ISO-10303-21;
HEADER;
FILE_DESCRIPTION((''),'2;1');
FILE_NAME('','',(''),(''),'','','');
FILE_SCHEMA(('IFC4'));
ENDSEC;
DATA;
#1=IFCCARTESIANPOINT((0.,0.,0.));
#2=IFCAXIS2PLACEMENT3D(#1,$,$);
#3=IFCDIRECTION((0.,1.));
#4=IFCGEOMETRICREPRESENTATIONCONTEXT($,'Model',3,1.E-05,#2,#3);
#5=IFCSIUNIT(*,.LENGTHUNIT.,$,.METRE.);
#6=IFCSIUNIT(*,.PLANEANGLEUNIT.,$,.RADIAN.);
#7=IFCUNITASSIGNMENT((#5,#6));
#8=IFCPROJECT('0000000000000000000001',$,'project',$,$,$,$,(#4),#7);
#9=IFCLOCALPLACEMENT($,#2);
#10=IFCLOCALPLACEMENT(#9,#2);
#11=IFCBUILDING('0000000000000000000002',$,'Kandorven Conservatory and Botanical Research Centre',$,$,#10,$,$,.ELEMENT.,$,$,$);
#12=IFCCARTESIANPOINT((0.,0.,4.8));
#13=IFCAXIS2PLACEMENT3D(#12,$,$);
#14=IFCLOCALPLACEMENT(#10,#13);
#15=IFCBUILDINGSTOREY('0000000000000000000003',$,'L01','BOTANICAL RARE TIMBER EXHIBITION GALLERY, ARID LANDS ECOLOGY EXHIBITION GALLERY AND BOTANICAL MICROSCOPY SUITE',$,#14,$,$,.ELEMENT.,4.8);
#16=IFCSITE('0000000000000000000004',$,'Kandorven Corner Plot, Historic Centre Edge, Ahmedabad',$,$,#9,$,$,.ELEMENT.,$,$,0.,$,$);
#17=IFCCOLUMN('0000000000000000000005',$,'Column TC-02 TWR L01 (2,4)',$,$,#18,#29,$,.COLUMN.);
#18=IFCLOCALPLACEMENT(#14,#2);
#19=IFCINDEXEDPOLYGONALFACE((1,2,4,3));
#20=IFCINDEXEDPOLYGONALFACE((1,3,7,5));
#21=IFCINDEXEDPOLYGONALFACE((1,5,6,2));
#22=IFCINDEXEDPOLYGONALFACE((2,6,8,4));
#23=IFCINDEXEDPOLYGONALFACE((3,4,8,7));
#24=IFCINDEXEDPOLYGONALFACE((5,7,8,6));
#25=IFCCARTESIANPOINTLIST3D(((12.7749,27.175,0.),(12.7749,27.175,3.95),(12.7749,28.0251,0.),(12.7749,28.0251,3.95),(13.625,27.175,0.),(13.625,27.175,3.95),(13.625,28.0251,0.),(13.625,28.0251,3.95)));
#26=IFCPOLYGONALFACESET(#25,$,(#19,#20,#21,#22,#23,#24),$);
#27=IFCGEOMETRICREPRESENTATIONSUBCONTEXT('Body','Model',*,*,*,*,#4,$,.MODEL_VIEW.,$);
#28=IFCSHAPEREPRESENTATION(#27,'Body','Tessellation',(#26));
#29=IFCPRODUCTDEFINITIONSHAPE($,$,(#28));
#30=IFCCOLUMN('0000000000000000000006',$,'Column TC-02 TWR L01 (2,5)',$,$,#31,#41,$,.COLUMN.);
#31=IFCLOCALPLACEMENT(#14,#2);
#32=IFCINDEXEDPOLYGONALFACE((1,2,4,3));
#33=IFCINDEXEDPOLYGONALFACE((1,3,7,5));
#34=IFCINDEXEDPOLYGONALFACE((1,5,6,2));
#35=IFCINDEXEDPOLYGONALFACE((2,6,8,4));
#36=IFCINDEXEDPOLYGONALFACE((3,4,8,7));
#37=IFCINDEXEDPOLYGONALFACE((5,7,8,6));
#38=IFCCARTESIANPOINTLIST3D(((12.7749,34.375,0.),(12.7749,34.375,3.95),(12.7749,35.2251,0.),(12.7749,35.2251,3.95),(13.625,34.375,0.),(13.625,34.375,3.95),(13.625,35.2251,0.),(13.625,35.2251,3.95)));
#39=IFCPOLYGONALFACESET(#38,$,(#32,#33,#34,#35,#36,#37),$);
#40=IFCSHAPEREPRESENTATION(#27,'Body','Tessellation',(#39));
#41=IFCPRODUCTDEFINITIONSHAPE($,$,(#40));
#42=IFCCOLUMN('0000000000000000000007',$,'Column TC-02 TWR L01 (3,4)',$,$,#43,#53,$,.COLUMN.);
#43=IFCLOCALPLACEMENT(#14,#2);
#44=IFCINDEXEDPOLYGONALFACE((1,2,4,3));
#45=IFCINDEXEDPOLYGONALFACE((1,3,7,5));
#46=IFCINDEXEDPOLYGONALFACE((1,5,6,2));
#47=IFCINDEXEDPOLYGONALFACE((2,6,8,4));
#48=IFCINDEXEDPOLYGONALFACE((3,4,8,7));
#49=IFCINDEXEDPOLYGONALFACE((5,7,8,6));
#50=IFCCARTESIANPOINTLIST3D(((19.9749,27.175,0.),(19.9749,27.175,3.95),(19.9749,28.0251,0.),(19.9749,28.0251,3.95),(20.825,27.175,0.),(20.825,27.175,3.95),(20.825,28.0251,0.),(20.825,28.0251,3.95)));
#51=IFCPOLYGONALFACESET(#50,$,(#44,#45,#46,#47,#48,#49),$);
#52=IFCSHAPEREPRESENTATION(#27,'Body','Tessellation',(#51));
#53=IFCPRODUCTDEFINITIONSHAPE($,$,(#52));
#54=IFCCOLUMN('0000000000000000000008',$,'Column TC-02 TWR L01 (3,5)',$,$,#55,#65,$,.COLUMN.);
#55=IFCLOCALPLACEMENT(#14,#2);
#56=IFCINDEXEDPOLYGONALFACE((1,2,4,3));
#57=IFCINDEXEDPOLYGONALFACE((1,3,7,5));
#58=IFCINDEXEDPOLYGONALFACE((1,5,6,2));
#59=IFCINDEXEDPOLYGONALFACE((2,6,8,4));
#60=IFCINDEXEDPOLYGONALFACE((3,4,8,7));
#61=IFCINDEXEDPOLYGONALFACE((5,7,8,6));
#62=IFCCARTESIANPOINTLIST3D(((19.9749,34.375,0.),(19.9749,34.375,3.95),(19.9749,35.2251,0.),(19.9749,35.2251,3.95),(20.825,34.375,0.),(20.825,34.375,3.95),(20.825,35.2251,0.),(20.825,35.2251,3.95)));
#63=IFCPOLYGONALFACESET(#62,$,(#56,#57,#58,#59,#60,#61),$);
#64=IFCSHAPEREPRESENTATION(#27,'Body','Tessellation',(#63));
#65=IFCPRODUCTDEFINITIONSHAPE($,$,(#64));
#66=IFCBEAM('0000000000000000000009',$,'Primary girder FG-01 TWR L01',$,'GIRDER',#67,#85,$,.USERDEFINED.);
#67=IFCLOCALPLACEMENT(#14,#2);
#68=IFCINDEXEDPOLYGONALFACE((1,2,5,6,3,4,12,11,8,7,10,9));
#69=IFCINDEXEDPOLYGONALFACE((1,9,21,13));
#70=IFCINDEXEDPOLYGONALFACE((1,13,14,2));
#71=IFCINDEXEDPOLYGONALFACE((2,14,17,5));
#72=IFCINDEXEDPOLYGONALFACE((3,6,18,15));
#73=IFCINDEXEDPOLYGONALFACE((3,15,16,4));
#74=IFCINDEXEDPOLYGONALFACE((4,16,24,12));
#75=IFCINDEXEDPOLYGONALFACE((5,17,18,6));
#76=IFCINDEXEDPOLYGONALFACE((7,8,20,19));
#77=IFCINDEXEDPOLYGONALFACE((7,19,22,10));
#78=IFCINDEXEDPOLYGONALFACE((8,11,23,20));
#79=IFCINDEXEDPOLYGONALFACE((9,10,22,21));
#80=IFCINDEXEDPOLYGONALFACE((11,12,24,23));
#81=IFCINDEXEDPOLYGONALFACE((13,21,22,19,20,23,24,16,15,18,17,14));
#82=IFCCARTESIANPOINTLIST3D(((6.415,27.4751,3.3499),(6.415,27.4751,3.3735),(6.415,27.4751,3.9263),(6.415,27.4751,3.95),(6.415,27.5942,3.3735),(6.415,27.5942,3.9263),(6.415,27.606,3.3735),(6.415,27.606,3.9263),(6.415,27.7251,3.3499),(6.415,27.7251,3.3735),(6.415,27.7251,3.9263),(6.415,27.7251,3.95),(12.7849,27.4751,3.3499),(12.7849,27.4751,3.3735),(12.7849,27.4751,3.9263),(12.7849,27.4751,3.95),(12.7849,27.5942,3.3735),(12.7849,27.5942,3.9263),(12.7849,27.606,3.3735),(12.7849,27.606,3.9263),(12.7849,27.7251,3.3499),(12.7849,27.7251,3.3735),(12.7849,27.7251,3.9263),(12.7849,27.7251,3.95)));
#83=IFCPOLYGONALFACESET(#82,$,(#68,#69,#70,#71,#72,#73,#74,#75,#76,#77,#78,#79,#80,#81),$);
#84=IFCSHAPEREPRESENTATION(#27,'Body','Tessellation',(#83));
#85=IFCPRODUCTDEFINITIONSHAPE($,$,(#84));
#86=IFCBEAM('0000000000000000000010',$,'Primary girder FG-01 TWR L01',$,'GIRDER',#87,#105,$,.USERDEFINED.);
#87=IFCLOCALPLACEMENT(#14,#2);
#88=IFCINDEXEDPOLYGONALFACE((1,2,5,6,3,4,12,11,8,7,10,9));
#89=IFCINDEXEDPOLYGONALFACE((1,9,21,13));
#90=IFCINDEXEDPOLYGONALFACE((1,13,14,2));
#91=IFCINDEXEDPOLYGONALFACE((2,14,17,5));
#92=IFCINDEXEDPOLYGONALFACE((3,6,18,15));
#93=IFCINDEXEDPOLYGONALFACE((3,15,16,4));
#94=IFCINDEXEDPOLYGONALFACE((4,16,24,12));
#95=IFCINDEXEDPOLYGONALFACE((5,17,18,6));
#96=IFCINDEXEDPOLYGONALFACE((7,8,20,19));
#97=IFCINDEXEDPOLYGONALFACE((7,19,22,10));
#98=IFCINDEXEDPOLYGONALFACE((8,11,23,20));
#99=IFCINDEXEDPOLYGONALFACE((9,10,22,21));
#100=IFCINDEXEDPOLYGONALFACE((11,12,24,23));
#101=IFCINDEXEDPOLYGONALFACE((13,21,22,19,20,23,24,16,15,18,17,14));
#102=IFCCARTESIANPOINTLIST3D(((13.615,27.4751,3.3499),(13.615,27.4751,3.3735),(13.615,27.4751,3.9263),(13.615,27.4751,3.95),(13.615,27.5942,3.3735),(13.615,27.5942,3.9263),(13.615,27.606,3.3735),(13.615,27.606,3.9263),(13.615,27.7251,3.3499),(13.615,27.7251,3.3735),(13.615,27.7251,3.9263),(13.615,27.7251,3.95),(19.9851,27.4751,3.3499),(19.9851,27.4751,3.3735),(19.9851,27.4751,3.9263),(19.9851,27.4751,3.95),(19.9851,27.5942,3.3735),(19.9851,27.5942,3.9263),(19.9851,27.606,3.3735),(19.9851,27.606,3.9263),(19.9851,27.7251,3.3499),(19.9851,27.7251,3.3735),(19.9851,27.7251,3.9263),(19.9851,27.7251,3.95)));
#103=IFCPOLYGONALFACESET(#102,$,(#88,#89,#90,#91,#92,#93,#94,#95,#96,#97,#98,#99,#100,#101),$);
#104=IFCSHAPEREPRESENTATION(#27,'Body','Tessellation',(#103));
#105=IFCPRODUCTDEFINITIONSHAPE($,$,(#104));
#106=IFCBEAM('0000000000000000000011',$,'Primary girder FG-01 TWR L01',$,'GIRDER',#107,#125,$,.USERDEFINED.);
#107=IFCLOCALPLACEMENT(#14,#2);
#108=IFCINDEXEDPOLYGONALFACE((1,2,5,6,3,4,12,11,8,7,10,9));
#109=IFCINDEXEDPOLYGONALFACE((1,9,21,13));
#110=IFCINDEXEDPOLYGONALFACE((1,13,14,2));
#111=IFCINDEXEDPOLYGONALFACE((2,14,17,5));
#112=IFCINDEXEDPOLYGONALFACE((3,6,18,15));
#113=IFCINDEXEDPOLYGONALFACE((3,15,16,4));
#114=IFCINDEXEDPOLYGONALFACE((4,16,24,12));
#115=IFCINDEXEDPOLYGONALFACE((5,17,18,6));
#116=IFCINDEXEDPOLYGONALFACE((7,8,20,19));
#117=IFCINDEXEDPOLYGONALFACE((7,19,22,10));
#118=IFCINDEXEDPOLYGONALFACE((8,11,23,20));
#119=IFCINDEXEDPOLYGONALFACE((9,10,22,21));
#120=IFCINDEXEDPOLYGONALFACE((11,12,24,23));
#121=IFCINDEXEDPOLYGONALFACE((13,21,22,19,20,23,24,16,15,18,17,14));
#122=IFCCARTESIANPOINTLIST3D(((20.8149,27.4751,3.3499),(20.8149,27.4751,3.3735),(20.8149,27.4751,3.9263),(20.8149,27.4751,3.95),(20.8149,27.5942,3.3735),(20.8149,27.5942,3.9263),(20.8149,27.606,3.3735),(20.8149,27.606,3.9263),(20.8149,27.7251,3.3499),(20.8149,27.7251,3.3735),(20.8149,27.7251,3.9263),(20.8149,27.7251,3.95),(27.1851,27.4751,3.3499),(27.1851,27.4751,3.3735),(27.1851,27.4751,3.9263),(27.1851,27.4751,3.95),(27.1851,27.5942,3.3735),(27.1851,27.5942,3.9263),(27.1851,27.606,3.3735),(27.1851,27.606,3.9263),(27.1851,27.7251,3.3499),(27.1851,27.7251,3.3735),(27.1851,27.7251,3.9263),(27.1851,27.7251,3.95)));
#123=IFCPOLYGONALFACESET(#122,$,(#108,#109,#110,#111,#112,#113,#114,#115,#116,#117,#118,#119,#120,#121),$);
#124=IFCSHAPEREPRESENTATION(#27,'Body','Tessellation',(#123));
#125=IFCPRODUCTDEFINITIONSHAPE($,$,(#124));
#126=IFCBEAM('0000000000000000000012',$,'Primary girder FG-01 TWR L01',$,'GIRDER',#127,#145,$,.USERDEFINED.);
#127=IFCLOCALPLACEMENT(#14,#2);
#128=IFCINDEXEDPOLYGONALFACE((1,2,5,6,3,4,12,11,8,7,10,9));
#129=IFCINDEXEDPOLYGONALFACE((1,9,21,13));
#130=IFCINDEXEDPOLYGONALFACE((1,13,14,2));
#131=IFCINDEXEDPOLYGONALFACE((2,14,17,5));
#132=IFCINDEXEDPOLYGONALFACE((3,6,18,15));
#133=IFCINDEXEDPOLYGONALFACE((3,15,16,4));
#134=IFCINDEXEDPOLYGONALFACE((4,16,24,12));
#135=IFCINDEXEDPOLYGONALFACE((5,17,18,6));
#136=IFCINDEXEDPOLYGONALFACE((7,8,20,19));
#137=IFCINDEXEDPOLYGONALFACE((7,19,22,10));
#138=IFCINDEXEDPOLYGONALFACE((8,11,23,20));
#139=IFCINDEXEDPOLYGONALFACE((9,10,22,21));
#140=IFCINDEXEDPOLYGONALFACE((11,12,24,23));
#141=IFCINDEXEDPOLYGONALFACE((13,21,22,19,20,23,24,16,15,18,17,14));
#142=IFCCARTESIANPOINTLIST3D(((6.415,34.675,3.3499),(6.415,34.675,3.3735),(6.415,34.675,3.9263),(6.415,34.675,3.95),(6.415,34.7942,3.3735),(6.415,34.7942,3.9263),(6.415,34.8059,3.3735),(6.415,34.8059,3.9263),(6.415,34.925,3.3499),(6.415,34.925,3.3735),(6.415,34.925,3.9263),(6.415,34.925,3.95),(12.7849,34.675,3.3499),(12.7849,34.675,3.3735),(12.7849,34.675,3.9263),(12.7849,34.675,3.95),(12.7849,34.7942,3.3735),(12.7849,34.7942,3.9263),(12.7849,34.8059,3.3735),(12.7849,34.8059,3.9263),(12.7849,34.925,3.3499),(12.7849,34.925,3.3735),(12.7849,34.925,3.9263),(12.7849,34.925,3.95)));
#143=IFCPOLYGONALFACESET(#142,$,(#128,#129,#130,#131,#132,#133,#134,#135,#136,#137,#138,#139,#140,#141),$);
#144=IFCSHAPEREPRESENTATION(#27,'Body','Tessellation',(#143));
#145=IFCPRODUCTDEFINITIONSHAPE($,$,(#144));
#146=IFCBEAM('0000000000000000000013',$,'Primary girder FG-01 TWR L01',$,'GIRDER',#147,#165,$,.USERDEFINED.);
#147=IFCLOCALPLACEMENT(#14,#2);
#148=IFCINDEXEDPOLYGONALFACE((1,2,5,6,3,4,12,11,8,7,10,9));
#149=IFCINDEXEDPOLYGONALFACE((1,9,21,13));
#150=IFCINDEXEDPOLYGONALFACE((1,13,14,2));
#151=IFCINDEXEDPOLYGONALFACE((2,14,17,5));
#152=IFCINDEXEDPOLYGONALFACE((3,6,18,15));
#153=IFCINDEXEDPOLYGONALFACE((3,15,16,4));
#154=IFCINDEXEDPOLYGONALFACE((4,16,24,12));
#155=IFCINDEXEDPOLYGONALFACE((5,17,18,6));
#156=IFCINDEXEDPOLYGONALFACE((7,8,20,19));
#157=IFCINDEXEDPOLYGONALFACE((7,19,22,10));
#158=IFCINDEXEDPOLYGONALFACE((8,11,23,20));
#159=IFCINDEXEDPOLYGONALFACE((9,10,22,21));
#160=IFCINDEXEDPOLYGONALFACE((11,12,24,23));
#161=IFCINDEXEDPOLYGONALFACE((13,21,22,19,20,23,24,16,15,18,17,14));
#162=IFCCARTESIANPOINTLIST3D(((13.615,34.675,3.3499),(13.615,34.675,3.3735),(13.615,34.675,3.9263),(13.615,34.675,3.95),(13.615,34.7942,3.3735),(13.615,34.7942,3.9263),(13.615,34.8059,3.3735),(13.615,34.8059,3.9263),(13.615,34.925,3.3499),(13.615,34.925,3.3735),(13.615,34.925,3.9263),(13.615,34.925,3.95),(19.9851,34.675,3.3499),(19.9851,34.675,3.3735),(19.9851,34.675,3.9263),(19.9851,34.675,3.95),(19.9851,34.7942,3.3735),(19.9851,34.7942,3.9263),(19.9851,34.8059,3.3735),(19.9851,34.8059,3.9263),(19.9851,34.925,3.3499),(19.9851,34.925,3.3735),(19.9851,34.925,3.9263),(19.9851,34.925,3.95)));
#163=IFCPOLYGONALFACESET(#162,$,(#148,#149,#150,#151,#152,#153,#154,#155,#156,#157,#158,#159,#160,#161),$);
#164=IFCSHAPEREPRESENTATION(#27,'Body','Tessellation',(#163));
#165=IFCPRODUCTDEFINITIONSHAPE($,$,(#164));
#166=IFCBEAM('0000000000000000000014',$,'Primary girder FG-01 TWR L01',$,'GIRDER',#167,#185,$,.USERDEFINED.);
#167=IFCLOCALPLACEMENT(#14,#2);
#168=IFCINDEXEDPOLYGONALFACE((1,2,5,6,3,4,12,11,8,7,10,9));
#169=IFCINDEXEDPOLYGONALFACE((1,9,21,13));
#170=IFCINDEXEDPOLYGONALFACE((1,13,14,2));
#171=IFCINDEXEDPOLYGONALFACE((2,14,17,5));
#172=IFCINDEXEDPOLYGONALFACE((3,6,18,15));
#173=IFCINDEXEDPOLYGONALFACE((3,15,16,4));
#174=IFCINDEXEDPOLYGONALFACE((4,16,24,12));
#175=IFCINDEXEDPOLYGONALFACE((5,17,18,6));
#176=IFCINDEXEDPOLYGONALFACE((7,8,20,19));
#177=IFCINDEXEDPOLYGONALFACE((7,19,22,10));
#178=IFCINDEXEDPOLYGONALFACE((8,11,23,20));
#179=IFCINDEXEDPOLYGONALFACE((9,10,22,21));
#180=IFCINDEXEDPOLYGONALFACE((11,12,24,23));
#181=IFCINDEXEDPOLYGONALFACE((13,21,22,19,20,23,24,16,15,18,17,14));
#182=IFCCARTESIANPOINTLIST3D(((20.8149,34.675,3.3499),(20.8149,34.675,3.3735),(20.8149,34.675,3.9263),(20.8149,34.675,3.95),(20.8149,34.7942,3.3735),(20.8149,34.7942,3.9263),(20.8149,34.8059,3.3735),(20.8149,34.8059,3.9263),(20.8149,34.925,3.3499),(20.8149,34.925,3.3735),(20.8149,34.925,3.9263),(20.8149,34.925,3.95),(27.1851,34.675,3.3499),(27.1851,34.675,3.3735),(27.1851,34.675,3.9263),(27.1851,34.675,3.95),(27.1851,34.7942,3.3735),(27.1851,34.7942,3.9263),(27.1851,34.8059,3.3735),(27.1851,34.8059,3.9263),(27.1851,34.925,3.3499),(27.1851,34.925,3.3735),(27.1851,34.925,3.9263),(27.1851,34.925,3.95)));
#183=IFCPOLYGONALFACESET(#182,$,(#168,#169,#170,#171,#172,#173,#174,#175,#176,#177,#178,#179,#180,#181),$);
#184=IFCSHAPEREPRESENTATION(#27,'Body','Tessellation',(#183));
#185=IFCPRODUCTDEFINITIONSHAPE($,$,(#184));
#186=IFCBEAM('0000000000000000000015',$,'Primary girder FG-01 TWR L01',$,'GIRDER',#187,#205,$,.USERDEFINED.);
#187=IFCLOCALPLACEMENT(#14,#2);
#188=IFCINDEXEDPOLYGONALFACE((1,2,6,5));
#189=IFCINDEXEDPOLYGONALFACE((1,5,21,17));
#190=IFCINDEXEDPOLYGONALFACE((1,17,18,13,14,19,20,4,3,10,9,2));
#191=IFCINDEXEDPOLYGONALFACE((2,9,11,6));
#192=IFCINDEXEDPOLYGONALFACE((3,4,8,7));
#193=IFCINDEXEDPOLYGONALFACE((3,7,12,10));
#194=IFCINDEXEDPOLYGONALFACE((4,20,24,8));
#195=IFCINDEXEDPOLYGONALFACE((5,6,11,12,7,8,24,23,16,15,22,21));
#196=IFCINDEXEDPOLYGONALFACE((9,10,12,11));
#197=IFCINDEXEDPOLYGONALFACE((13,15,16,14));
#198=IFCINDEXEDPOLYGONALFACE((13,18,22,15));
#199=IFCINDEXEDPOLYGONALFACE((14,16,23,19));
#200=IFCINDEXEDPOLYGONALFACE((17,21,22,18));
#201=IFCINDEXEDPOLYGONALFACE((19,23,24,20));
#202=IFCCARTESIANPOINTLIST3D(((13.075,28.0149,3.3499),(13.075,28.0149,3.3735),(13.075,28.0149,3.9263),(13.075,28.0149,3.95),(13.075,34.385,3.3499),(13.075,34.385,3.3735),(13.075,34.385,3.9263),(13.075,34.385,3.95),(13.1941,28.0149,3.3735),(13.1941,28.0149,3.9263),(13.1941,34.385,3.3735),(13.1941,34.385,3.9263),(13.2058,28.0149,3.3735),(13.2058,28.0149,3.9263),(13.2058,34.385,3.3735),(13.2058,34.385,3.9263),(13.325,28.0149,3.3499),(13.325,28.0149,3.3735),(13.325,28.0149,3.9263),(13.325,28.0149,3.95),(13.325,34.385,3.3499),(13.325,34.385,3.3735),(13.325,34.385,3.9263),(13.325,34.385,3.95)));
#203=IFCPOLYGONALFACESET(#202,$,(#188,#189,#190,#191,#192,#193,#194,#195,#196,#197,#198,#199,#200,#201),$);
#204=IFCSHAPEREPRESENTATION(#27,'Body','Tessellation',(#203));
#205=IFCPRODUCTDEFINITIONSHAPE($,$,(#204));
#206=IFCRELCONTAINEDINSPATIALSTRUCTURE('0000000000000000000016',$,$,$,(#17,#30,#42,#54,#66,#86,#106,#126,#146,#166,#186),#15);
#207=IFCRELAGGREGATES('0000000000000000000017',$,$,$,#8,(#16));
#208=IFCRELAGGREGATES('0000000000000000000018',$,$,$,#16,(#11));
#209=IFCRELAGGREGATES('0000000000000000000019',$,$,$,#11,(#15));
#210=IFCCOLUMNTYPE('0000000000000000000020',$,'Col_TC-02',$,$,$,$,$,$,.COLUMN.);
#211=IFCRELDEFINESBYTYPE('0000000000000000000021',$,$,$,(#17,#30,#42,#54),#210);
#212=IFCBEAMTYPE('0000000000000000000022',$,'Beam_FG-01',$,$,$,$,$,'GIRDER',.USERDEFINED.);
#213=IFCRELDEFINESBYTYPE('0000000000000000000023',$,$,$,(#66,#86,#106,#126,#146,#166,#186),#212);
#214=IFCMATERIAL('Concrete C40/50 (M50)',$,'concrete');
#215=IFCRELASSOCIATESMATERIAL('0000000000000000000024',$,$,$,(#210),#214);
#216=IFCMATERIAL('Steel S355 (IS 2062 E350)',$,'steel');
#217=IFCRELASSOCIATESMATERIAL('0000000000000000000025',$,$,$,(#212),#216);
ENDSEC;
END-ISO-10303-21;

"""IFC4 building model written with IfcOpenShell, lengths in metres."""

from ifc_helpers import new_model, si_unit, direction, frame, origin, origin_2d, place, context, subcontext, project, spatial, rectangle, i_section, extrude, material, material_profile, profile_set, type_object, element, save


model = new_model("IFC4")

# Units and contexts
model_context = context("Model", 3, precision=1e-05, world=origin(), true_north=direction((0.0, 1.0)))
body_context = subcontext(model_context, "Body", "Model", "MODEL_VIEW")
ifc_project = project(units=[si_unit("LENGTHUNIT", "METRE"), si_unit("PLANEANGLEUNIT", "RADIAN")], contexts=[model_context])

# Site, building, storey
site_placement = place(None, origin())
site = spatial("IfcSite", under=ifc_project, at=site_placement, Name="Kandorven Corner Plot, Historic Centre Edge, Ahmedabad", CompositionType="ELEMENT", RefElevation=0.0)
building_placement = place(site_placement, origin())
building = spatial("IfcBuilding", under=site, at=building_placement, Name="Kandorven Conservatory and Botanical Research Centre", CompositionType="ELEMENT")
storey_placement = place(building_placement, frame((0.0, 0.0, 4.8)))
storey = spatial("IfcBuildingStorey", under=building, at=storey_placement, Name="L01", Description="BOTANICAL RARE TIMBER EXHIBITION GALLERY, ARID LANDS ECOLOGY EXHIBITION GALLERY AND BOTANICAL MICROSCOPY SUITE", CompositionType="ELEMENT", Elevation=4.8)

# Columns
ifc_material_1 = material(Name="Concrete C40/50 (M50)", Category="concrete")
ifc_material_profile_1 = material_profile(ifc_material_1, rectangle(XDim=0.8501, YDim=0.8501, at=origin_2d()))
ifc_profile_set_1 = profile_set([ifc_material_profile_1], Name="Concrete C40/50 (M50)")
column_type = type_object("IfcColumnType", Name="Col_TC-02", PredefinedType="COLUMN", material=ifc_profile_set_1)
for number, where, z_axis, x_axis, name in (
    (1, (13.2, 27.6001, 0.0), (0.0, 0.0, 1.0), (1.0, 0.0, 0.0), "Column TC-02 TWR L01 (2,4)"),
    (2, (13.2, 34.8, 0.0), (0.0, 0.0, 1.0), (1.0, 0.0, 0.0), "Column TC-02 TWR L01 (2,5)"),
    (3, (20.3999, 27.6001, 0.0), (0.0, 0.0, 1.0), (1.0, 0.0, 0.0), "Column TC-02 TWR L01 (3,4)"),
    (4, (20.3999, 34.8, 0.0), (0.0, 0.0, 1.0), (1.0, 0.0, 0.0), "Column TC-02 TWR L01 (3,5)"),
):
    element("IfcColumn", number, at=place(storey_placement, frame(where, z_axis=z_axis, x_axis=x_axis)), inside=storey, type_object=column_type, Name=name, PredefinedType="COLUMN", context=body_context, shape_type="SweptSolid", body=[
        extrude(rectangle(XDim=0.8501, YDim=0.8501, at=origin_2d()), origin(), (0.0, 0.0, 1.0), 3.95),
    ])

# Beams
ifc_material_2 = material(Name="Steel S355 (IS 2062 E350)", Category="steel")
ifc_material_profile_2 = material_profile(ifc_material_2, i_section(OverallWidth=0.25, OverallDepth=0.6001, WebThickness=0.0117, FlangeThickness=0.0237, at=origin_2d()))
ifc_profile_set_2 = profile_set([ifc_material_profile_2], Name="Steel S355 (IS 2062 E350)")
beam_type_1 = type_object("IfcBeamType", Name="Beam_FG-01", ElementType="GIRDER", PredefinedType="USERDEFINED", material=ifc_profile_set_2)
beam_1_placement = place(storey_placement, frame((6.415, 27.6001, 3.6499), z_axis=(1.0, 0.0, 0.0), x_axis=(0.0, 1.0, 0.0)))
element("IfcBeam", 5, at=beam_1_placement, inside=storey, type_object=beam_type_1, Name="Primary girder FG-01 TWR L01", ObjectType="GIRDER", PredefinedType="USERDEFINED", context=body_context, shape_type="SweptSolid", body=[
    extrude(i_section(OverallWidth=0.25, OverallDepth=0.6001, WebThickness=0.0117, FlangeThickness=0.0237, at=origin_2d()), origin(), (0.0, 0.0, 1.0), 6.3699),
])
for number, where, z_axis, x_axis, name in (
    (6, (13.615, 27.6001, 3.6499), (1.0, 0.0, 0.0), (0.0, 1.0, 0.0), "Primary girder FG-01 TWR L01"),
    (7, (20.8149, 27.6001, 3.6499), (1.0, 0.0, 0.0), (0.0, 1.0, 0.0), "Primary girder FG-01 TWR L01"),
):
    element("IfcBeam", number, at=place(storey_placement, frame(where, z_axis=z_axis, x_axis=x_axis)), inside=storey, type_object=beam_type_1, Name=name, ObjectType="GIRDER", PredefinedType="USERDEFINED", context=body_context, shape_type="SweptSolid", body=[
        extrude(i_section(OverallWidth=0.25, OverallDepth=0.6001, WebThickness=0.0117, FlangeThickness=0.0237, at=origin_2d()), origin(), (0.0, 0.0, 1.0), 6.3701),
    ])
beam_2_placement = place(storey_placement, frame((6.415, 34.8, 3.6499), z_axis=(1.0, 0.0, 0.0), x_axis=(0.0, 1.0, 0.0)))
element("IfcBeam", 8, at=beam_2_placement, inside=storey, type_object=beam_type_1, Name="Primary girder FG-01 TWR L01", ObjectType="GIRDER", PredefinedType="USERDEFINED", context=body_context, shape_type="SweptSolid", body=[
    extrude(i_section(OverallWidth=0.25, OverallDepth=0.6001, WebThickness=0.0117, FlangeThickness=0.0237, at=origin_2d()), origin(), (0.0, 0.0, 1.0), 6.3699),
])
for number, where, z_axis, x_axis, name in (
    (9, (13.615, 34.8, 3.6499), (1.0, 0.0, 0.0), (0.0, 1.0, 0.0), "Primary girder FG-01 TWR L01"),
    (10, (20.8149, 34.8, 3.6499), (1.0, 0.0, 0.0), (0.0, 1.0, 0.0), "Primary girder FG-01 TWR L01"),
    (11, (13.2, 28.0149, 3.6499), (0.0, 1.0, 0.0), (-1.0, 0.0, 0.0), "Primary girder FG-01 TWR L01"),
):
    element("IfcBeam", number, at=place(storey_placement, frame(where, z_axis=z_axis, x_axis=x_axis)), inside=storey, type_object=beam_type_1, Name=name, ObjectType="GIRDER", PredefinedType="USERDEFINED", context=body_context, shape_type="SweptSolid", body=[
        extrude(i_section(OverallWidth=0.25, OverallDepth=0.6001, WebThickness=0.0117, FlangeThickness=0.0237, at=origin_2d()), origin(), (0.0, 0.0, 1.0), 6.3701),
    ])

save(model, "model.ifc")
